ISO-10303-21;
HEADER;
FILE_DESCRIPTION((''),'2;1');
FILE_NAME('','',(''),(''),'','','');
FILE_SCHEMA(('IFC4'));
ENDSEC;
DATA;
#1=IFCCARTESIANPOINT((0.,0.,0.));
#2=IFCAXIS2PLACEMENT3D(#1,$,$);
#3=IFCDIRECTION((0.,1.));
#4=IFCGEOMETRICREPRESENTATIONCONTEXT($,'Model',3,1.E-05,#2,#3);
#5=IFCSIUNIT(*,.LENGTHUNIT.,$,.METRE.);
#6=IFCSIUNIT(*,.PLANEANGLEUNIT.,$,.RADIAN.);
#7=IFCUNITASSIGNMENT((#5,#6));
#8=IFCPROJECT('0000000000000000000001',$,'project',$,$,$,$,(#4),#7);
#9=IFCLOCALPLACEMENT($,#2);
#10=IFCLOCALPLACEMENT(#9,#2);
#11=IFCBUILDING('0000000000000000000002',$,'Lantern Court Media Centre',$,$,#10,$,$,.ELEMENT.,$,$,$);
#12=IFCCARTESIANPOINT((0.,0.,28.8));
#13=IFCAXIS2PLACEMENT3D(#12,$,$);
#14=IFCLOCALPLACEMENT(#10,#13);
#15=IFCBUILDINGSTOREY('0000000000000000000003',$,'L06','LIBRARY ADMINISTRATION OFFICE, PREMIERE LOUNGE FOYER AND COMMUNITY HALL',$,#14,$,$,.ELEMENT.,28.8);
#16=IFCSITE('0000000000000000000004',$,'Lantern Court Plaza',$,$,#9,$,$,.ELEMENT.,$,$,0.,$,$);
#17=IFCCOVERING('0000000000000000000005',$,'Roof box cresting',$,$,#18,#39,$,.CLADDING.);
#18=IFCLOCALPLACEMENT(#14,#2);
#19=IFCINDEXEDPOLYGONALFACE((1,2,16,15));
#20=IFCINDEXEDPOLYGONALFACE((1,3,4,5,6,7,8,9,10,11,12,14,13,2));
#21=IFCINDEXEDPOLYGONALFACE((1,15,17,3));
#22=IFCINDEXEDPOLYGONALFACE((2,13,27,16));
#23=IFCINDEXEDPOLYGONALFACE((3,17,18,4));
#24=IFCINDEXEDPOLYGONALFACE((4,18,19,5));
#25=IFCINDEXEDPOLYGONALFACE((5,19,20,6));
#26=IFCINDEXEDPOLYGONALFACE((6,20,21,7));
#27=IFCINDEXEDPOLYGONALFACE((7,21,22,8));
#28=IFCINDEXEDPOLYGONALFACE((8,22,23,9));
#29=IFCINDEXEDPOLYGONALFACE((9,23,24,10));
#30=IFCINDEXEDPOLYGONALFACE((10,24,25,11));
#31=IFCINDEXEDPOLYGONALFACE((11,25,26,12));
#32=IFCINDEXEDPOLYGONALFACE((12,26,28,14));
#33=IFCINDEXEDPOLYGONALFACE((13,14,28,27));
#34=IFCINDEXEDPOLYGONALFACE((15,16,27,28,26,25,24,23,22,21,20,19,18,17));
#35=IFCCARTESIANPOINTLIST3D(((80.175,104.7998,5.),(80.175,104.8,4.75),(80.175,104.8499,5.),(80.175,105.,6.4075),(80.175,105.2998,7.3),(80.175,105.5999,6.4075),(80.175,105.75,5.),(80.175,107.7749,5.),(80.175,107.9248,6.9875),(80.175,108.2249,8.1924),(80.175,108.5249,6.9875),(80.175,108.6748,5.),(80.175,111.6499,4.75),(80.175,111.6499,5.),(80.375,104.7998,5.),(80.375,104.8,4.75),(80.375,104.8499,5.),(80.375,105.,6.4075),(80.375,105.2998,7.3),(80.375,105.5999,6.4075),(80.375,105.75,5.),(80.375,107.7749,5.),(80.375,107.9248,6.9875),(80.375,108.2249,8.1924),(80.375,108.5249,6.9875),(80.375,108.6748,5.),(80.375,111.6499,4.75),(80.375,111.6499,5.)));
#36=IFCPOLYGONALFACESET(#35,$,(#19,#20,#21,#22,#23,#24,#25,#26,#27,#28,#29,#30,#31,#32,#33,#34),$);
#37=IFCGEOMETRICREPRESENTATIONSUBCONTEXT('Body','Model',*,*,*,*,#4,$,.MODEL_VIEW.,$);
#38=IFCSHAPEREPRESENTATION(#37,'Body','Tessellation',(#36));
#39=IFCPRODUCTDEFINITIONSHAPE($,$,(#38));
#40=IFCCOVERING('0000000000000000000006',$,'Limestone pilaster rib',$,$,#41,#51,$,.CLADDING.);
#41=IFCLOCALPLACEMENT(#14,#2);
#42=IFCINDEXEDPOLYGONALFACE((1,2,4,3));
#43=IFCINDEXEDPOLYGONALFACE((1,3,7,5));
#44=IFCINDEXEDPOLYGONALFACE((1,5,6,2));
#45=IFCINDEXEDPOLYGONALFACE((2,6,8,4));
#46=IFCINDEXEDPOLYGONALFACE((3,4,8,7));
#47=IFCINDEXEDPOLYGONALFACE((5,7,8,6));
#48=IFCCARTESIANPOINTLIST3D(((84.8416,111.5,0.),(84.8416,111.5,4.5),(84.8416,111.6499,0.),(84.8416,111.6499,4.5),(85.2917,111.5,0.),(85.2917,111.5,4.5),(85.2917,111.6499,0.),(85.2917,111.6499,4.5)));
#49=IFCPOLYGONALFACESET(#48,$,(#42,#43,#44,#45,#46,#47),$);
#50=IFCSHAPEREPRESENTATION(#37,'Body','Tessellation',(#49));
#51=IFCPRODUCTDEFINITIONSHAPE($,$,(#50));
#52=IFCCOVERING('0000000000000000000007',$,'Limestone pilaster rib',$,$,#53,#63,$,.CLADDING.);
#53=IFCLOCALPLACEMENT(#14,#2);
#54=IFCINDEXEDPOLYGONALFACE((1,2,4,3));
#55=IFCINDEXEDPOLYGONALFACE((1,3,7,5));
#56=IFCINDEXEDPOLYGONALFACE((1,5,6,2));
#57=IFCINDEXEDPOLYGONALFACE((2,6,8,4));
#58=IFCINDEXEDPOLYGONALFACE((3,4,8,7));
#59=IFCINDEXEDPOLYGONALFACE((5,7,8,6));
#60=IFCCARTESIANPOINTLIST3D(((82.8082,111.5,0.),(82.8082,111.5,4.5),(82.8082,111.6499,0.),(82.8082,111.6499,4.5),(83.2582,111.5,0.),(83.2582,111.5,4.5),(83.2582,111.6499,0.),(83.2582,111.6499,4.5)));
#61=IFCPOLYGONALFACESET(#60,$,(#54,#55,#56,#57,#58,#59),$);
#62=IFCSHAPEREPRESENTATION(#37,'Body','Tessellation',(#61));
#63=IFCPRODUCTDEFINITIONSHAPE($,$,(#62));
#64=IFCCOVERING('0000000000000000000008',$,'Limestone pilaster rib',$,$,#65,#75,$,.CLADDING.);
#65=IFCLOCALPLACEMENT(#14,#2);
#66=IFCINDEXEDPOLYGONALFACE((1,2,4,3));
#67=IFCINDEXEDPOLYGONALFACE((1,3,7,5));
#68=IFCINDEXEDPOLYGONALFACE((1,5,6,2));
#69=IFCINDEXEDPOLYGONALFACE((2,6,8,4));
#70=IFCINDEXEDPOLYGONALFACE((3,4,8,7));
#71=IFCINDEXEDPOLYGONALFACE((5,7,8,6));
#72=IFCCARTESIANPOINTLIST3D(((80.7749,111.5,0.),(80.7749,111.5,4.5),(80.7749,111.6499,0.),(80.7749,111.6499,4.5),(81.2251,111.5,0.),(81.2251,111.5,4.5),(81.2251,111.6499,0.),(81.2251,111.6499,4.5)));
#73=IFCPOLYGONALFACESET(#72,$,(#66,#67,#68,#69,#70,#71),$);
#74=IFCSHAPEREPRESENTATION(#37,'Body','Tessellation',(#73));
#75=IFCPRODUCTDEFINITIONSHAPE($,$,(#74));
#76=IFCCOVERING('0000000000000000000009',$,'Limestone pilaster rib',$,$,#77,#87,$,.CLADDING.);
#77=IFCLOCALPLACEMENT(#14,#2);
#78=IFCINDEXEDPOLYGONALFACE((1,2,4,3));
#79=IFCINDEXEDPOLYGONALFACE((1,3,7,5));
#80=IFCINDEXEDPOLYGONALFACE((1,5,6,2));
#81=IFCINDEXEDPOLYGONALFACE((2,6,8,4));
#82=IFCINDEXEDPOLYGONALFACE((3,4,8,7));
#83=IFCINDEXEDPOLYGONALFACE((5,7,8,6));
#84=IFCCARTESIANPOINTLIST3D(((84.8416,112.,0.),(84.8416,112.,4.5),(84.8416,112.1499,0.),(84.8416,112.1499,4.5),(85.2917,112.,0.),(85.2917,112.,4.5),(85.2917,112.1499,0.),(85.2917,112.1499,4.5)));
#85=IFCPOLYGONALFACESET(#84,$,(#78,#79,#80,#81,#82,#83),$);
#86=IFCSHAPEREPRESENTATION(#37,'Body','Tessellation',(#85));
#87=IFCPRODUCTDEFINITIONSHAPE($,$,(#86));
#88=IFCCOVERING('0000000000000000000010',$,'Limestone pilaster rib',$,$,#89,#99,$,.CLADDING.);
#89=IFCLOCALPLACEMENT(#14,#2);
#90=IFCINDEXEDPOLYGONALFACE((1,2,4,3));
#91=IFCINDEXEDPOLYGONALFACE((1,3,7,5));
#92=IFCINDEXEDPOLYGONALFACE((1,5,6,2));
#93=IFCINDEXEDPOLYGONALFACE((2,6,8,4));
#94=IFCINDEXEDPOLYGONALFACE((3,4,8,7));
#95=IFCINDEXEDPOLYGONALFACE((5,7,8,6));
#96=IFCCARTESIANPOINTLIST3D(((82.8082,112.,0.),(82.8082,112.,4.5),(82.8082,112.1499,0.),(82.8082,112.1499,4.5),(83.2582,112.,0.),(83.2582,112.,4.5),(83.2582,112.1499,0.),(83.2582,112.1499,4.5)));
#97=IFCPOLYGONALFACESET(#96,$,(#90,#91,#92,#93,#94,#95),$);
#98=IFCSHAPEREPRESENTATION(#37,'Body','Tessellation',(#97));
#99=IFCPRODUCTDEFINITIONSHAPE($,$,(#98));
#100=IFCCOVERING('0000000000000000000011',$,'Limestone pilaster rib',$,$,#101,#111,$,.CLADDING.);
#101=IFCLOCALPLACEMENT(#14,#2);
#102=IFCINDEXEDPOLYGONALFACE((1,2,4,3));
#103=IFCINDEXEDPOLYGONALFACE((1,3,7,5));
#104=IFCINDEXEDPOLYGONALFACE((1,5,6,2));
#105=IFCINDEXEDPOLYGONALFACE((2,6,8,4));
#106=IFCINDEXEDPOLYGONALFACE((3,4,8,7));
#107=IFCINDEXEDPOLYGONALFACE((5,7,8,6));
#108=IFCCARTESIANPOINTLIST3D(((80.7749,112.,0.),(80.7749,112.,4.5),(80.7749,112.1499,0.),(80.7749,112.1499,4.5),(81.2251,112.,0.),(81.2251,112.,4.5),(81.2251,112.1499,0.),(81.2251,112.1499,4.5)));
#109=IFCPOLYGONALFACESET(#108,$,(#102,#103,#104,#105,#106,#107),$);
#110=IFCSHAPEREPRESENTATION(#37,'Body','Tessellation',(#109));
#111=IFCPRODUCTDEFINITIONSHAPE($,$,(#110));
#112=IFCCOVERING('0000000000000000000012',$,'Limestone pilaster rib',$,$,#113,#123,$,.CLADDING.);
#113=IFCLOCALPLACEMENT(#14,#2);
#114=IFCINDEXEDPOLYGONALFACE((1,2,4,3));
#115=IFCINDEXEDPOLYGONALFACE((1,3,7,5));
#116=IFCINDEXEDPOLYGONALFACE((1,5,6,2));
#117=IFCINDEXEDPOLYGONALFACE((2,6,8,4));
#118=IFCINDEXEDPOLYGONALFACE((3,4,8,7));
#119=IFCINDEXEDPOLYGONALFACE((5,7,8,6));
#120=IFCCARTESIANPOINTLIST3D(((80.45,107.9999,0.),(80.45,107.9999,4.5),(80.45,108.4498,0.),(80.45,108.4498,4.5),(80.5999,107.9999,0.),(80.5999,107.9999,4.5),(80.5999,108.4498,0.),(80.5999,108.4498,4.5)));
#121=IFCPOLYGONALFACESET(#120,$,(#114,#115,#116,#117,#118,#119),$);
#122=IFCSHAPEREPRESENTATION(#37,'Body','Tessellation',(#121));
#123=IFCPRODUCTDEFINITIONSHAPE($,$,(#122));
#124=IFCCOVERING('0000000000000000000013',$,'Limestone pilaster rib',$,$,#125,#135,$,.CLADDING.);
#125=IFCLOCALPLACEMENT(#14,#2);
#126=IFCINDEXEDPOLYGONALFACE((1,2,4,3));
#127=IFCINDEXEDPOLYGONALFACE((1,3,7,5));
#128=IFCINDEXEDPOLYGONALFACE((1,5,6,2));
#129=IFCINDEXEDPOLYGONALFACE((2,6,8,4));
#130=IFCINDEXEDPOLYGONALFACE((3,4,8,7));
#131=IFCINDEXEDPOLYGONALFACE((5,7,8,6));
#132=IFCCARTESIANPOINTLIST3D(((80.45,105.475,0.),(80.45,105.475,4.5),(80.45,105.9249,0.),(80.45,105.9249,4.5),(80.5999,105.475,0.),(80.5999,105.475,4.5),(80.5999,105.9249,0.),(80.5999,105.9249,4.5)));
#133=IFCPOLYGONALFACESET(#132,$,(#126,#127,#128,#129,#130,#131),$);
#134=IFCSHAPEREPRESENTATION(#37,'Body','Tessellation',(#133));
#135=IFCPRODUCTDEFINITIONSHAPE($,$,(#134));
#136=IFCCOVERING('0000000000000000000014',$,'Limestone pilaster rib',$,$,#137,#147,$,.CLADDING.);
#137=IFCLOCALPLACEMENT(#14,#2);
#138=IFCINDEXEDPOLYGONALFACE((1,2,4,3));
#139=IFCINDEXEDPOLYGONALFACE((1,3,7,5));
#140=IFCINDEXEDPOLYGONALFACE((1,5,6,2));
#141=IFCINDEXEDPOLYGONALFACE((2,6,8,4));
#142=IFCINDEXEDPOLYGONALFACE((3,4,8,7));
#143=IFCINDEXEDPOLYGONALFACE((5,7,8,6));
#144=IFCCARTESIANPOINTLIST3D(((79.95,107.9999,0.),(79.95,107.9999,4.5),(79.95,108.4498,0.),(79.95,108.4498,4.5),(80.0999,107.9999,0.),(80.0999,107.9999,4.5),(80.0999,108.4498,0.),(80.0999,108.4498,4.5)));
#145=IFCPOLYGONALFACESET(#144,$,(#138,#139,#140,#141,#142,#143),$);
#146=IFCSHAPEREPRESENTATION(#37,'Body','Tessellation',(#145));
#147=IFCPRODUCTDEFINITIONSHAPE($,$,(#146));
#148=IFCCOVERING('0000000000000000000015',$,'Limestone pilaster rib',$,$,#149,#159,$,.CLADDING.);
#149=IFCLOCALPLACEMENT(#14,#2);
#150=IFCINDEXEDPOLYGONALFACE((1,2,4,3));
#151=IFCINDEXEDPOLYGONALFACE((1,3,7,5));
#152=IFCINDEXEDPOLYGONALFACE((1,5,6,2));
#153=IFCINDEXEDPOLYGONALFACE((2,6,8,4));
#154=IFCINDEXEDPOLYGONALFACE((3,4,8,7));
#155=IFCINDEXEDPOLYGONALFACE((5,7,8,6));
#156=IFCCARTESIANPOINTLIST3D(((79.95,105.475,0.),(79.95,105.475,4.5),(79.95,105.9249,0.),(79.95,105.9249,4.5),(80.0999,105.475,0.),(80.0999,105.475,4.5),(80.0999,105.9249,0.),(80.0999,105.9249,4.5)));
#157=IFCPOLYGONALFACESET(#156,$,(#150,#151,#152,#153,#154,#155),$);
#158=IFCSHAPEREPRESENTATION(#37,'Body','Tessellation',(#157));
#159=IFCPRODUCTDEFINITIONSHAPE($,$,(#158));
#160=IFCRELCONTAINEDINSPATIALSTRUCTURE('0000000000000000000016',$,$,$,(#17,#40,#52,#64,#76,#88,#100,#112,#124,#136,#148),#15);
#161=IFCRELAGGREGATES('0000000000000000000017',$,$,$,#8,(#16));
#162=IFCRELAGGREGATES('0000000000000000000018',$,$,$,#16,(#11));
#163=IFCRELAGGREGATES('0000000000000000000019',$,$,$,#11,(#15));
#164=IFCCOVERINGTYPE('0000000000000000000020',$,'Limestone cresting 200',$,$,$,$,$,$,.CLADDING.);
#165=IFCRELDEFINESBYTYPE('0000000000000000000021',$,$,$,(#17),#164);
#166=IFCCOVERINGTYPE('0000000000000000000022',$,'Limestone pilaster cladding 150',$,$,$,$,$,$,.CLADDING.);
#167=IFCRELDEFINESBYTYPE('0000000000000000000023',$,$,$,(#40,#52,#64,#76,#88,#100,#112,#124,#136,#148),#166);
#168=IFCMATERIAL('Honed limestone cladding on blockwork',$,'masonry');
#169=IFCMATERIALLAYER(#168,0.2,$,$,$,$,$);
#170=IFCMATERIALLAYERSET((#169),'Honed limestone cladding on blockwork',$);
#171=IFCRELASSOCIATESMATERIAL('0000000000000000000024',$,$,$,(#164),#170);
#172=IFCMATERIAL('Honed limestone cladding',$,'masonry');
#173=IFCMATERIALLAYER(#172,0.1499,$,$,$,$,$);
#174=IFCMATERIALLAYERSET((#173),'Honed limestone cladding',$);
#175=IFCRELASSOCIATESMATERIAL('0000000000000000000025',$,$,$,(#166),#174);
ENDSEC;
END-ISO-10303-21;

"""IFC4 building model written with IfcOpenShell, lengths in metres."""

from ifc_helpers import new_model, si_unit, direction, frame, frame_2d, origin, place, context, subcontext, project, spatial, polyline, rectangle, outline, extrude, material, layer, layer_set, type_object, element, save


model = new_model("IFC4")

# Units and contexts
model_context = context("Model", 3, precision=1e-05, world=origin(), true_north=direction((0.0, 1.0)))
body_context = subcontext(model_context, "Body", "Model", "MODEL_VIEW")
ifc_project = project(units=[si_unit("LENGTHUNIT", "METRE"), si_unit("PLANEANGLEUNIT", "RADIAN")], contexts=[model_context])

# Site, building, storey
site_placement = place(None, origin())
site = spatial("IfcSite", under=ifc_project, at=site_placement, Name="Lantern Court Plaza", CompositionType="ELEMENT", RefElevation=0.0)
building_placement = place(site_placement, origin())
building = spatial("IfcBuilding", under=site, at=building_placement, Name="Lantern Court Media Centre", CompositionType="ELEMENT")
storey_placement = place(building_placement, frame((0.0, 0.0, 28.8)))
storey = spatial("IfcBuildingStorey", under=building, at=storey_placement, Name="L06", Description="LIBRARY ADMINISTRATION OFFICE, PREMIERE LOUNGE FOYER AND COMMUNITY HALL", CompositionType="ELEMENT", Elevation=28.8)

# Shared definitions
ifc_material_1 = material(Name="Honed limestone cladding on blockwork", Category="masonry")

# Coverings
ifc_layer_1 = layer(ifc_material_1, 0.2)
ifc_layer_set_1 = layer_set([ifc_layer_1], Name="Honed limestone cladding on blockwork")
covering_type_1 = type_object("IfcCoveringType", Name="Limestone cresting 200", PredefinedType="CLADDING", material=ifc_layer_set_1)
covering_1_placement = place(storey_placement, frame((80.2749, 111.6499, 4.75), z_axis=(0.0, 0.0, 1.0), x_axis=(0.0, -1.0, 0.0)))
element("IfcCovering", 1, at=covering_1_placement, inside=storey, type_object=covering_type_1, Name="Roof box cresting", PredefinedType="CLADDING", context=body_context, shape_type="SweptSolid", body=[
    extrude(outline(polyline([(0.0, 0.0), (6.8499, 0.0), (6.8501, 0.25), (6.8, 0.25), (6.6499, 1.6575), (6.3501, 2.55), (6.05, 1.6575), (5.8999, 0.25), (3.875, 0.25), (3.7251, 2.2375), (3.425, 3.4424), (3.125, 2.2375), (2.9751, 0.25), (0.0, 0.25), (0.0, 0.0)])), frame((0.0, 0.1001, 0.0), z_axis=(0.0, -1.0, 0.0), x_axis=(1.0, 0.0, 0.0)), (0.0, 0.0, 1.0), 0.2),
])
ifc_material_2 = material(Name="Honed limestone cladding", Category="masonry")
ifc_layer_2 = layer(ifc_material_2, 0.1499)
ifc_layer_set_2 = layer_set([ifc_layer_2], Name="Honed limestone cladding")
covering_type_2 = type_object("IfcCoveringType", Name="Limestone pilaster cladding 150", PredefinedType="CLADDING", material=ifc_layer_set_2)
covering_2_placement = place(storey_placement, frame((85.2917, 111.575, 0.0), z_axis=(0.0, 0.0, 1.0), x_axis=(-1.0, 0.0, 0.0)))
element("IfcCovering", 2, at=covering_2_placement, inside=storey, type_object=covering_type_2, Name="Limestone pilaster rib", PredefinedType="CLADDING", context=body_context, shape_type="SweptSolid", body=[
    extrude(rectangle(XDim=0.4502, YDim=0.1499, at=frame_2d((0.2251, 0.0))), origin(), (0.0, 0.0, 1.0), 4.5),
])
covering_3_placement = place(storey_placement, frame((83.2583, 111.575, 0.0), z_axis=(0.0, 0.0, 1.0), x_axis=(-1.0, 0.0, 0.0)))
element("IfcCovering", 3, at=covering_3_placement, inside=storey, type_object=covering_type_2, Name="Limestone pilaster rib", PredefinedType="CLADDING", context=body_context, shape_type="SweptSolid", body=[
    extrude(rectangle(XDim=0.45, YDim=0.1499, at=frame_2d((0.2251, 0.0))), origin(), (0.0, 0.0, 1.0), 4.5),
])
for number, where, z_axis, x_axis, name in (
    (4, (81.2251, 111.575, 0.0), (0.0, 0.0, 1.0), (-1.0, 0.0, 0.0), "Limestone pilaster rib"),
    (5, (85.2917, 112.075, 0.0), (0.0, 0.0, 1.0), (-1.0, 0.0, 0.0), "Limestone pilaster rib"),
):
    element("IfcCovering", number, at=place(storey_placement, frame(where, z_axis=z_axis, x_axis=x_axis)), inside=storey, type_object=covering_type_2, Name=name, PredefinedType="CLADDING", context=body_context, shape_type="SweptSolid", body=[
        extrude(rectangle(XDim=0.4502, YDim=0.1499, at=frame_2d((0.2251, 0.0))), origin(), (0.0, 0.0, 1.0), 4.5),
    ])
covering_4_placement = place(storey_placement, frame((83.2583, 112.075, 0.0), z_axis=(0.0, 0.0, 1.0), x_axis=(-1.0, 0.0, 0.0)))
element("IfcCovering", 6, at=covering_4_placement, inside=storey, type_object=covering_type_2, Name="Limestone pilaster rib", PredefinedType="CLADDING", context=body_context, shape_type="SweptSolid", body=[
    extrude(rectangle(XDim=0.45, YDim=0.1499, at=frame_2d((0.2251, 0.0))), origin(), (0.0, 0.0, 1.0), 4.5),
])
covering_5_placement = place(storey_placement, frame((81.2251, 112.075, 0.0), z_axis=(0.0, 0.0, 1.0), x_axis=(-1.0, 0.0, 0.0)))
element("IfcCovering", 7, at=covering_5_placement, inside=storey, type_object=covering_type_2, Name="Limestone pilaster rib", PredefinedType="CLADDING", context=body_context, shape_type="SweptSolid", body=[
    extrude(rectangle(XDim=0.4502, YDim=0.1499, at=frame_2d((0.2251, 0.0))), origin(), (0.0, 0.0, 1.0), 4.5),
])
for number, where, z_axis, x_axis, name in (
    (8, (80.5249, 108.45, 0.0), (0.0, 0.0, 1.0), (0.0, -1.0, 0.0), "Limestone pilaster rib"),
    (9, (80.5249, 105.925, 0.0), (0.0, 0.0, 1.0), (0.0, -1.0, 0.0), "Limestone pilaster rib"),
    (10, (80.0249, 108.45, 0.0), (0.0, 0.0, 1.0), (0.0, -1.0, 0.0), "Limestone pilaster rib"),
    (11, (80.0249, 105.925, 0.0), (0.0, 0.0, 1.0), (0.0, -1.0, 0.0), "Limestone pilaster rib"),
):
    element("IfcCovering", number, at=place(storey_placement, frame(where, z_axis=z_axis, x_axis=x_axis)), inside=storey, type_object=covering_type_2, Name=name, PredefinedType="CLADDING", context=body_context, shape_type="SweptSolid", body=[
        extrude(rectangle(XDim=0.45, YDim=0.1499, at=frame_2d((0.2251, 0.0))), origin(), (0.0, 0.0, 1.0), 4.5),
    ])

save(model, "model.ifc")
